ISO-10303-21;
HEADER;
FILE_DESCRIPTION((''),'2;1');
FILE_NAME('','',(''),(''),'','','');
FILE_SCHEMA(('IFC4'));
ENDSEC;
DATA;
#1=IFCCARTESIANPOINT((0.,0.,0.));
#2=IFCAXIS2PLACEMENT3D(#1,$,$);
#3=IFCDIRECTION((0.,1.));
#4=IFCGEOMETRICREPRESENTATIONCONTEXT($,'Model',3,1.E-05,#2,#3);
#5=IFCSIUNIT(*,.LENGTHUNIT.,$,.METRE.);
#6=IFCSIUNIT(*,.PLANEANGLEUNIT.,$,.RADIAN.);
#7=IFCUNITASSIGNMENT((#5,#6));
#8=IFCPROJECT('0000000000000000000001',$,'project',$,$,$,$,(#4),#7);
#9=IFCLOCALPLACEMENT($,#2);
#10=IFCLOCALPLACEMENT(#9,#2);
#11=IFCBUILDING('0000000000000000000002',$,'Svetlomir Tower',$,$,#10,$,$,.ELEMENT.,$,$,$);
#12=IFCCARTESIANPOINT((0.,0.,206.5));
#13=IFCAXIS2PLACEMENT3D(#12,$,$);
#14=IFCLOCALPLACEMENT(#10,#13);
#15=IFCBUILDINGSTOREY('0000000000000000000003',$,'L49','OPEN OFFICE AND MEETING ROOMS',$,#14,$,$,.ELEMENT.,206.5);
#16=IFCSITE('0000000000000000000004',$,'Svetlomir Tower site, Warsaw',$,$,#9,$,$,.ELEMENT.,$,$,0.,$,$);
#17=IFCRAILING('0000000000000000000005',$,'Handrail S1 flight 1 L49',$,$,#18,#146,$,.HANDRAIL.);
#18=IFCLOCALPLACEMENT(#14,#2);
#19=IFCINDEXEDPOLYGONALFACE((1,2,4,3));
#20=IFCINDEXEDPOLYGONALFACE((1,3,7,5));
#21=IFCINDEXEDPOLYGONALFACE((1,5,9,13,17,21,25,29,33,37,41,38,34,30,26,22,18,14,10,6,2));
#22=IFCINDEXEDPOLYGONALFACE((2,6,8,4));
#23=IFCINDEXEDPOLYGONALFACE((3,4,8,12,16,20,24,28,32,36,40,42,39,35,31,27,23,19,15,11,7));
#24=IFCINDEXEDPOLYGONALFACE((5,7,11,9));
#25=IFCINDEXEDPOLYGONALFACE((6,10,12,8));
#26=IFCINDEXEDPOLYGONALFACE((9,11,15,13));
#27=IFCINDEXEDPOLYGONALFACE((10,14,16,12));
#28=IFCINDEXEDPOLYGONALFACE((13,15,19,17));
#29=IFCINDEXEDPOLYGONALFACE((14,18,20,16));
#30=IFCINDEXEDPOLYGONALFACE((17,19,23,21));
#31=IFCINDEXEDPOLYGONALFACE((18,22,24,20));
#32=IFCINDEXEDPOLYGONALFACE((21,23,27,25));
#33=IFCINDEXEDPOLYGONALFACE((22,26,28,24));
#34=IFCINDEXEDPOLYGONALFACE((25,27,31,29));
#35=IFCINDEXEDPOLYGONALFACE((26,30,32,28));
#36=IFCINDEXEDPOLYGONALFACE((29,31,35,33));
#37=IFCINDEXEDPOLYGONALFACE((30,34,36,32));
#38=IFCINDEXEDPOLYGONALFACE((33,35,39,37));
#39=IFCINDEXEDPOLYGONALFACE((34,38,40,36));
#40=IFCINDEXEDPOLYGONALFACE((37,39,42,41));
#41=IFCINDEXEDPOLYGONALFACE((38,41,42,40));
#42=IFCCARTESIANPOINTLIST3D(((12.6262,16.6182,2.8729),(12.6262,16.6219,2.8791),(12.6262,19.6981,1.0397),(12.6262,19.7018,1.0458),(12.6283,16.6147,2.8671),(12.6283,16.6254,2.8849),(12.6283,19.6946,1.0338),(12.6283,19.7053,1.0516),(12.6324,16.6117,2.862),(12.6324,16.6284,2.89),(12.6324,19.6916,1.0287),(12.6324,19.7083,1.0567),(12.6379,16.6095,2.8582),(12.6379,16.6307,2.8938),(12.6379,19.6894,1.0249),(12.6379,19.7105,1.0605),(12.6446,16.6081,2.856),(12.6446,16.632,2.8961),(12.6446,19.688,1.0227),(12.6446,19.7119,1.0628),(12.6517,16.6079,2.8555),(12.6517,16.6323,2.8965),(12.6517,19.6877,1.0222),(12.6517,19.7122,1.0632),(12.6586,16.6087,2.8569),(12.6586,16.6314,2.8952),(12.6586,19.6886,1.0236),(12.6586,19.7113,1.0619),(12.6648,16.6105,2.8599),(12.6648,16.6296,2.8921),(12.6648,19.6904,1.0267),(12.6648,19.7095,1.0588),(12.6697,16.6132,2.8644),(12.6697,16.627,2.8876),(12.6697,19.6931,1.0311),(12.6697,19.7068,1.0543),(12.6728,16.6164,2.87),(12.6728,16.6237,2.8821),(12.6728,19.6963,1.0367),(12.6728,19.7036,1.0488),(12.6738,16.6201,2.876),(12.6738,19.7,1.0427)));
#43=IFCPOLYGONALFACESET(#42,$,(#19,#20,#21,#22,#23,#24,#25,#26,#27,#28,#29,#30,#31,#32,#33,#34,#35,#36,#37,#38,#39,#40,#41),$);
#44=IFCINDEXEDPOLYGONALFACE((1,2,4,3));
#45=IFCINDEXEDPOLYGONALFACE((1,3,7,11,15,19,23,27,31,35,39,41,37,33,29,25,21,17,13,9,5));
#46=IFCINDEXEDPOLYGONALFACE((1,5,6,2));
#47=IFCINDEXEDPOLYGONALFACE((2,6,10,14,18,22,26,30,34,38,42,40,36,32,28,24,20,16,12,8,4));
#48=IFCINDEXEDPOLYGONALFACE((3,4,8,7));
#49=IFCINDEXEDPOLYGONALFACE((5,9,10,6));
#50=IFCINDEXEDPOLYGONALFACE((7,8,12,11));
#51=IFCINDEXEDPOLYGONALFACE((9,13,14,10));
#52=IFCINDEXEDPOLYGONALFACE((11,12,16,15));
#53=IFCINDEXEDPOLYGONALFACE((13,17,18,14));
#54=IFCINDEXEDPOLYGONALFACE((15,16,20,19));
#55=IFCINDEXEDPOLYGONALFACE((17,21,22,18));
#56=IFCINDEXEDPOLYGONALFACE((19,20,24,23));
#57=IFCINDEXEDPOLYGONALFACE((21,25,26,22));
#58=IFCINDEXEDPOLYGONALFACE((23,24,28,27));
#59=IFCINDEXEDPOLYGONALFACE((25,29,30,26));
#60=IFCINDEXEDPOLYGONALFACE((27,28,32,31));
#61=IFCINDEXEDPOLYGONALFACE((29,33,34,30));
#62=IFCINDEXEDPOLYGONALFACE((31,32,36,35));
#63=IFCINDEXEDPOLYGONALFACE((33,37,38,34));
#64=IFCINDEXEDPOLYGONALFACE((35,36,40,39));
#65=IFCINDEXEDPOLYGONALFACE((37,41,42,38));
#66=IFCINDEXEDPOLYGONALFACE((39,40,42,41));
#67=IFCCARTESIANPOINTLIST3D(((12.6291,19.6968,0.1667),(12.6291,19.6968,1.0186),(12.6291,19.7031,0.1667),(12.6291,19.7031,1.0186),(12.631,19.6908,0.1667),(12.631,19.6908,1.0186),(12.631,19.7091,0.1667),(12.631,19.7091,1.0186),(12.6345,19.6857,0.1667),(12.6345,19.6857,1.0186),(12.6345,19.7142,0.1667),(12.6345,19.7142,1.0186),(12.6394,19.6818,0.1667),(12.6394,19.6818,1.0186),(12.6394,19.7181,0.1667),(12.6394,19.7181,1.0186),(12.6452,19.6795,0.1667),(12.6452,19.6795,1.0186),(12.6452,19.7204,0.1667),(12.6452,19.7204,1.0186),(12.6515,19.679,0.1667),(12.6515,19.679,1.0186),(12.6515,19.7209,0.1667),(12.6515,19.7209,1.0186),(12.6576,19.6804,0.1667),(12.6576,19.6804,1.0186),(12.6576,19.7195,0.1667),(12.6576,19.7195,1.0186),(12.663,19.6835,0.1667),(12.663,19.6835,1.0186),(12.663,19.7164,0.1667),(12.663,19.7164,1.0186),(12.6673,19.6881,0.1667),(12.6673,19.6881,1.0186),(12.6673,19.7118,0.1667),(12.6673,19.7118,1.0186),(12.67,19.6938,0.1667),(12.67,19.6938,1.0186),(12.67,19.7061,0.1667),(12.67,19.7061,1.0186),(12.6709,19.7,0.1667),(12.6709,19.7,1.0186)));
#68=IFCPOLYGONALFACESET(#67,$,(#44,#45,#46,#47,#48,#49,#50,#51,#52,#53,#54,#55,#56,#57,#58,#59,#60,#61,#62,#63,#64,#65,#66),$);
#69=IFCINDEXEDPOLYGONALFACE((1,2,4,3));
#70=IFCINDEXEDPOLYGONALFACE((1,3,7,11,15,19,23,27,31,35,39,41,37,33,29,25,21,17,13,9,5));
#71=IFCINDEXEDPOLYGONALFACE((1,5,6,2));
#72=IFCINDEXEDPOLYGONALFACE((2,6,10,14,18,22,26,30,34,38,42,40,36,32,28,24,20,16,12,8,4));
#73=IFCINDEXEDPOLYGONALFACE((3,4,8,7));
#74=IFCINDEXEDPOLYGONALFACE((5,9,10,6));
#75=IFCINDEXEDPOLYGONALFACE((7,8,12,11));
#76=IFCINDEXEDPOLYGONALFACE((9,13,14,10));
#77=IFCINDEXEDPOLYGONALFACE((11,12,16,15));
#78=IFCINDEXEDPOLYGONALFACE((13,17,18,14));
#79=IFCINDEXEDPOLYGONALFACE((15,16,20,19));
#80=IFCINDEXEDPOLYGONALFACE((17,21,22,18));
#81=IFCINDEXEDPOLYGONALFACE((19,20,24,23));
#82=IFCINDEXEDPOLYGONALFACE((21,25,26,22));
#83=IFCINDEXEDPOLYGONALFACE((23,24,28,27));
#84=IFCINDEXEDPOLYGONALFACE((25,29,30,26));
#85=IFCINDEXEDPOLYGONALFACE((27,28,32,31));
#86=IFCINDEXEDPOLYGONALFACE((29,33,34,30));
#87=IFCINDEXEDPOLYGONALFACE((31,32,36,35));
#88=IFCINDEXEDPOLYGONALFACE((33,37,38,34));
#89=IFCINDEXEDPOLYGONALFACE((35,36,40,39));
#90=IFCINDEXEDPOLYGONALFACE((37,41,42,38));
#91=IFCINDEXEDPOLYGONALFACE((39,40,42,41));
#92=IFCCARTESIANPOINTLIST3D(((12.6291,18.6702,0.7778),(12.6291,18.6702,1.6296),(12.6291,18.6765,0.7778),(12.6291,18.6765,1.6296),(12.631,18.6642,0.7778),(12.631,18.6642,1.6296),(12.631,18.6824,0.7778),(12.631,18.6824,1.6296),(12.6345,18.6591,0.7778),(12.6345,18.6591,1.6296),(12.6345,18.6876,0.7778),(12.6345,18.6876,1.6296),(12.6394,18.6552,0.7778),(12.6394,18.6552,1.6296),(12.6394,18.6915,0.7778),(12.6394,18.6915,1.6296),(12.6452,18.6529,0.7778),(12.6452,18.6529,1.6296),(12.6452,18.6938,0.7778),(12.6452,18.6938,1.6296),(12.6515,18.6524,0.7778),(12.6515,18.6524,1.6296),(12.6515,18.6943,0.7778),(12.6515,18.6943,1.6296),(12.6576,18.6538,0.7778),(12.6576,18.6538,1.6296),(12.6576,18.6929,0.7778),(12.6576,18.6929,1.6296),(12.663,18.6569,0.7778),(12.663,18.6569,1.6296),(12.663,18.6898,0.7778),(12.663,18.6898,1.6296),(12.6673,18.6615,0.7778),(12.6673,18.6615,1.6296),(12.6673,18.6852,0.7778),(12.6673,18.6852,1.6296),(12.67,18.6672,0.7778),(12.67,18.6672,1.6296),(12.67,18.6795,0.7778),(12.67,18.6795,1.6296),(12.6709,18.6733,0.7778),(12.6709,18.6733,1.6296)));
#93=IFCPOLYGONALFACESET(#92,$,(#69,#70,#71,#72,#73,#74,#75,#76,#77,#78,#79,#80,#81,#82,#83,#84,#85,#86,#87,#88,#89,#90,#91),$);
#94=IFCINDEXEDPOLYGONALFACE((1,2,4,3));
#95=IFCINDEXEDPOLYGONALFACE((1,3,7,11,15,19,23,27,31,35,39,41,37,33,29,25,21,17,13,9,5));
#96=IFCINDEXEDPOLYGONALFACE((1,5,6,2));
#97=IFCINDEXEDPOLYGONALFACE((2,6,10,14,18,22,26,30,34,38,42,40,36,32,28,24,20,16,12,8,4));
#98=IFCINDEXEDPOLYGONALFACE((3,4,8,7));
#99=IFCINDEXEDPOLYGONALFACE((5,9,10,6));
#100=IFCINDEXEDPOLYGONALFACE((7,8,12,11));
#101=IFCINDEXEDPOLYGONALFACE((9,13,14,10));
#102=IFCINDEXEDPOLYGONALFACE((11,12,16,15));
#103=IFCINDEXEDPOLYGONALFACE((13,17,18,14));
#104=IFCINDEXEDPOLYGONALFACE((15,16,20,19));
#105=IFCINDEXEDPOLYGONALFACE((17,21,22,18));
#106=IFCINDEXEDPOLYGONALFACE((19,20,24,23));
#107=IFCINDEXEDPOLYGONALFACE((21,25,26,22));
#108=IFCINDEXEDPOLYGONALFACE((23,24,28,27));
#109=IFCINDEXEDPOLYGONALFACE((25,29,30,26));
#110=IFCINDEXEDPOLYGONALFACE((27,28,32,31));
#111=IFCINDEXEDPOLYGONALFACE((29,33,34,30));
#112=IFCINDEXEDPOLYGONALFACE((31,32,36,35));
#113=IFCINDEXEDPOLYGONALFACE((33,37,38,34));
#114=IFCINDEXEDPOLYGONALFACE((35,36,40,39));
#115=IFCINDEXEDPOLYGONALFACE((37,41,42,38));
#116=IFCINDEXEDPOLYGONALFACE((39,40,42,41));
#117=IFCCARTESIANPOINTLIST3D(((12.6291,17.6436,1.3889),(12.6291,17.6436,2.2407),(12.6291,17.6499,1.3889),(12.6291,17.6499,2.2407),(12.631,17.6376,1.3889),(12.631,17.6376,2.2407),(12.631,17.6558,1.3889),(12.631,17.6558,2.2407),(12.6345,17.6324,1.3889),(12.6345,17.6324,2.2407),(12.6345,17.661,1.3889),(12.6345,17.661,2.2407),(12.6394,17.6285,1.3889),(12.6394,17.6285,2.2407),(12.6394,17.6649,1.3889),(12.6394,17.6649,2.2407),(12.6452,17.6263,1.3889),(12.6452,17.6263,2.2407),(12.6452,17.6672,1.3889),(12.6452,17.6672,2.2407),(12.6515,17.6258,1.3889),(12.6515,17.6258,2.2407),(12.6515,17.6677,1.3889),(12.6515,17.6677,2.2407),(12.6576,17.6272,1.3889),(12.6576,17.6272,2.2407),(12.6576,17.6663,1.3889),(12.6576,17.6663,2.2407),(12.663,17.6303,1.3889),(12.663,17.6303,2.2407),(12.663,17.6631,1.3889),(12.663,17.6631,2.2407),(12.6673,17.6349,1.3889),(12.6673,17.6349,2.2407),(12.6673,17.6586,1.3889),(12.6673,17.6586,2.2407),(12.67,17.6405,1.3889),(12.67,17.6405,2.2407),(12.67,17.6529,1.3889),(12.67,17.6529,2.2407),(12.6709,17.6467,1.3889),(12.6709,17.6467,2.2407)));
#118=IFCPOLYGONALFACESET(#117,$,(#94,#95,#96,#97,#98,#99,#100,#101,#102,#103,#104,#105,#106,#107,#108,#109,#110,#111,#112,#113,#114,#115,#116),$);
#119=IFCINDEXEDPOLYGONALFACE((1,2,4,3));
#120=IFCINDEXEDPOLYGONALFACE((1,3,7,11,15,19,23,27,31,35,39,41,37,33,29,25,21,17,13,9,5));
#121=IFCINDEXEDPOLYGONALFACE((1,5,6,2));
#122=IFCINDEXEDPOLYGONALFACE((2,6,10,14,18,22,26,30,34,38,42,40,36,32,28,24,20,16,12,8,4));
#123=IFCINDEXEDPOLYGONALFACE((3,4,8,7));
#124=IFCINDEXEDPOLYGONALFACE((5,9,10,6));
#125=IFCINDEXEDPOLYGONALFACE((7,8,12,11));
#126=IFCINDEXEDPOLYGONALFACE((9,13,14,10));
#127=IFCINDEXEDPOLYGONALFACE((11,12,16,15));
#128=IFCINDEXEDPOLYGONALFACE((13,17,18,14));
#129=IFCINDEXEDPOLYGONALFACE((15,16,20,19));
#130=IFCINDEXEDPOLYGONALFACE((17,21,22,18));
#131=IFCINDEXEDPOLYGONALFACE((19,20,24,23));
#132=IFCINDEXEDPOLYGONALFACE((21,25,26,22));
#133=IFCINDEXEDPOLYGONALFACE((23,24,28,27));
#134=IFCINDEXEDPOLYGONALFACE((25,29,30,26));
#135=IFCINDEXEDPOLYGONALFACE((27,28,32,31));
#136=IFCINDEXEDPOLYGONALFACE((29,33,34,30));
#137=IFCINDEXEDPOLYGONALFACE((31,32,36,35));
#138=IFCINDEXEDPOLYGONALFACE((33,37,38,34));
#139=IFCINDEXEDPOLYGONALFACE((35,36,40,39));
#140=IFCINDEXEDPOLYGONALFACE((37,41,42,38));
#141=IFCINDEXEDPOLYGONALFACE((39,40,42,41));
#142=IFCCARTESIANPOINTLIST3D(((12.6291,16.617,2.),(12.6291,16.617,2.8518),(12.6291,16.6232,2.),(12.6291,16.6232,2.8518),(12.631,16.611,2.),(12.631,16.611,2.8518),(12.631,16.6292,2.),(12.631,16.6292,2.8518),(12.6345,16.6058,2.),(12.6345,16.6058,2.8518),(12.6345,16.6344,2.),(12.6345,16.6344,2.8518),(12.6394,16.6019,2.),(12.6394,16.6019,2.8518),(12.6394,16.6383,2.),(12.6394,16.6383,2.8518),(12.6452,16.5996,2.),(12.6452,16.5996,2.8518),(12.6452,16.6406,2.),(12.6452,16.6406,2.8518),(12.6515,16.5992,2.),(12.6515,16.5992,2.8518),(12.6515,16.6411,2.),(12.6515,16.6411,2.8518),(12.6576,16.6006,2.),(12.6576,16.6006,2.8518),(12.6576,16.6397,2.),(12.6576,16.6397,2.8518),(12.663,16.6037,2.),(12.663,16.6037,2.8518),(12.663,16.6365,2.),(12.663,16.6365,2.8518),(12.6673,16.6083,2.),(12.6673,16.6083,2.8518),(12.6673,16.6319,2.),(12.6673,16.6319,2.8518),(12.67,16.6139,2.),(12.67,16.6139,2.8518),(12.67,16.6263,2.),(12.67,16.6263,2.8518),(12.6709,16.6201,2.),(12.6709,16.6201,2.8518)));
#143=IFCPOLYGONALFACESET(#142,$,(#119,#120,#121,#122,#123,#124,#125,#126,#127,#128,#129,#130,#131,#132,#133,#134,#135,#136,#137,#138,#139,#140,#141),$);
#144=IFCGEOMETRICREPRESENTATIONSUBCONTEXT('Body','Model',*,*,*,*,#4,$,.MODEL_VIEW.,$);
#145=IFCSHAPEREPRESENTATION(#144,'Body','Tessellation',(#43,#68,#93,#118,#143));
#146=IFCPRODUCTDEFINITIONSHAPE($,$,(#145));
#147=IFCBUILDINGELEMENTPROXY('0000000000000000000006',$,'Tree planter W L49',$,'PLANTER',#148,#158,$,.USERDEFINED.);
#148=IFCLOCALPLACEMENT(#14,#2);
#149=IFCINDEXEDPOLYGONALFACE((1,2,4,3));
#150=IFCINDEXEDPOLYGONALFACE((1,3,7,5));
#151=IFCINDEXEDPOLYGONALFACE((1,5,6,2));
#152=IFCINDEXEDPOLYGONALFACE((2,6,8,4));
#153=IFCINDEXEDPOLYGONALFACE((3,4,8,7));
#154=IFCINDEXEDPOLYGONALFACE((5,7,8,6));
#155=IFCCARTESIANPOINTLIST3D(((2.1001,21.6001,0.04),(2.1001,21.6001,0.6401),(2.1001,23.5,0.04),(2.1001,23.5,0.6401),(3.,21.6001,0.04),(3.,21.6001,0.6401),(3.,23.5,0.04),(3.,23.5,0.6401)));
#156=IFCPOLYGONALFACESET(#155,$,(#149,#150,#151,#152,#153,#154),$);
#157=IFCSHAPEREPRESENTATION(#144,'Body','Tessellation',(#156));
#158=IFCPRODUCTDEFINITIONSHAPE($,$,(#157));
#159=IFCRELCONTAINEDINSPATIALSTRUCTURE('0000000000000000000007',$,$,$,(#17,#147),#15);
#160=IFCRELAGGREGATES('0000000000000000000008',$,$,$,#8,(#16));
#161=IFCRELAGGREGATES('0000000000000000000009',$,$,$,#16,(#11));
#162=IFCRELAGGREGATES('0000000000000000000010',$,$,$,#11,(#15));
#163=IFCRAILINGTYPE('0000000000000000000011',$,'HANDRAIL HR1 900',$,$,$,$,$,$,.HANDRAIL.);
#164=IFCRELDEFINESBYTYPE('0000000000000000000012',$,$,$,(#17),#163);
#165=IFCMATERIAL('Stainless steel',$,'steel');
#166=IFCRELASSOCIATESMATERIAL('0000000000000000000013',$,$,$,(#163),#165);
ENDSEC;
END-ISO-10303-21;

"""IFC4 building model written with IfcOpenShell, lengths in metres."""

from ifc_helpers import new_model, si_unit, direction, frame, origin, origin_2d, place, context, subcontext, project, spatial, rectangle, circle, extrude, material, type_object, element, save


model = new_model("IFC4")

# Units and contexts
model_context = context("Model", 3, precision=1e-05, world=origin(), true_north=direction((0.0, 1.0)))
body_context = subcontext(model_context, "Body", "Model", "MODEL_VIEW")
ifc_project = project(units=[si_unit("LENGTHUNIT", "METRE"), si_unit("PLANEANGLEUNIT", "RADIAN")], contexts=[model_context])

# Site, building, storey
site_placement = place(None, origin())
site = spatial("IfcSite", under=ifc_project, at=site_placement, Name="Svetlomir Tower site, Warsaw", CompositionType="ELEMENT", RefElevation=0.0)
building_placement = place(site_placement, origin())
building = spatial("IfcBuilding", under=site, at=building_placement, Name="Svetlomir Tower", CompositionType="ELEMENT")
storey_placement = place(building_placement, frame((0.0, 0.0, 206.5)))
storey = spatial("IfcBuildingStorey", under=building, at=storey_placement, Name="L49", Description="OPEN OFFICE AND MEETING ROOMS", CompositionType="ELEMENT", Elevation=206.5)

# Railing
ifc_material_1 = material(Name="Stainless steel", Category="steel")
railing_type_1 = type_object("IfcRailingType", Name="HANDRAIL HR1 900", PredefinedType="HANDRAIL", material=ifc_material_1)
railing_placement = place(storey_placement, frame((12.6499, 19.7, 0.1667)))
element("IfcRailing", 1, at=railing_placement, inside=storey, type_object=railing_type_1, Name="Handrail S1 flight 1 L49", PredefinedType="HANDRAIL", context=body_context, shape_type="SweptSolid", body=[
    extrude(circle(Radius=0.0239, at=origin_2d()), frame((0.0, 0.0, 0.876), z_axis=(0.0, -0.859291, 0.511487), x_axis=(1.0, 0.0, 0.0)), (0.0, 0.0, 1.0), 3.5842),
    extrude(circle(Radius=0.021, at=origin_2d()), origin(), (0.0, 0.0, 1.0), 0.8518),
    extrude(circle(Radius=0.021, at=origin_2d()), frame((0.0, -1.0266, 0.6111)), (0.0, 0.0, 1.0), 0.8518),
    extrude(circle(Radius=0.021, at=origin_2d()), frame((0.0, -2.0532, 1.2222)), (0.0, 0.0, 1.0), 0.8518),
    extrude(circle(Radius=0.021, at=origin_2d()), frame((0.0, -3.0798, 1.8333)), (0.0, 0.0, 1.0), 0.8518),
])

# Building element proxy
proxy_placement = place(storey_placement, frame((2.55, 22.55, 0.04), z_axis=(0.0, 0.0, 1.0), x_axis=(1.0, 0.0, 0.0)))
element("IfcBuildingElementProxy", 2, at=proxy_placement, inside=storey, Name="Tree planter W L49", ObjectType="PLANTER", PredefinedType="USERDEFINED", context=body_context, shape_type="SweptSolid", body=[
    extrude(rectangle(XDim=0.8999, YDim=1.8999, at=origin_2d()), origin(), (0.0, 0.0, 1.0), 0.6001),
])

save(model, "model.ifc")
